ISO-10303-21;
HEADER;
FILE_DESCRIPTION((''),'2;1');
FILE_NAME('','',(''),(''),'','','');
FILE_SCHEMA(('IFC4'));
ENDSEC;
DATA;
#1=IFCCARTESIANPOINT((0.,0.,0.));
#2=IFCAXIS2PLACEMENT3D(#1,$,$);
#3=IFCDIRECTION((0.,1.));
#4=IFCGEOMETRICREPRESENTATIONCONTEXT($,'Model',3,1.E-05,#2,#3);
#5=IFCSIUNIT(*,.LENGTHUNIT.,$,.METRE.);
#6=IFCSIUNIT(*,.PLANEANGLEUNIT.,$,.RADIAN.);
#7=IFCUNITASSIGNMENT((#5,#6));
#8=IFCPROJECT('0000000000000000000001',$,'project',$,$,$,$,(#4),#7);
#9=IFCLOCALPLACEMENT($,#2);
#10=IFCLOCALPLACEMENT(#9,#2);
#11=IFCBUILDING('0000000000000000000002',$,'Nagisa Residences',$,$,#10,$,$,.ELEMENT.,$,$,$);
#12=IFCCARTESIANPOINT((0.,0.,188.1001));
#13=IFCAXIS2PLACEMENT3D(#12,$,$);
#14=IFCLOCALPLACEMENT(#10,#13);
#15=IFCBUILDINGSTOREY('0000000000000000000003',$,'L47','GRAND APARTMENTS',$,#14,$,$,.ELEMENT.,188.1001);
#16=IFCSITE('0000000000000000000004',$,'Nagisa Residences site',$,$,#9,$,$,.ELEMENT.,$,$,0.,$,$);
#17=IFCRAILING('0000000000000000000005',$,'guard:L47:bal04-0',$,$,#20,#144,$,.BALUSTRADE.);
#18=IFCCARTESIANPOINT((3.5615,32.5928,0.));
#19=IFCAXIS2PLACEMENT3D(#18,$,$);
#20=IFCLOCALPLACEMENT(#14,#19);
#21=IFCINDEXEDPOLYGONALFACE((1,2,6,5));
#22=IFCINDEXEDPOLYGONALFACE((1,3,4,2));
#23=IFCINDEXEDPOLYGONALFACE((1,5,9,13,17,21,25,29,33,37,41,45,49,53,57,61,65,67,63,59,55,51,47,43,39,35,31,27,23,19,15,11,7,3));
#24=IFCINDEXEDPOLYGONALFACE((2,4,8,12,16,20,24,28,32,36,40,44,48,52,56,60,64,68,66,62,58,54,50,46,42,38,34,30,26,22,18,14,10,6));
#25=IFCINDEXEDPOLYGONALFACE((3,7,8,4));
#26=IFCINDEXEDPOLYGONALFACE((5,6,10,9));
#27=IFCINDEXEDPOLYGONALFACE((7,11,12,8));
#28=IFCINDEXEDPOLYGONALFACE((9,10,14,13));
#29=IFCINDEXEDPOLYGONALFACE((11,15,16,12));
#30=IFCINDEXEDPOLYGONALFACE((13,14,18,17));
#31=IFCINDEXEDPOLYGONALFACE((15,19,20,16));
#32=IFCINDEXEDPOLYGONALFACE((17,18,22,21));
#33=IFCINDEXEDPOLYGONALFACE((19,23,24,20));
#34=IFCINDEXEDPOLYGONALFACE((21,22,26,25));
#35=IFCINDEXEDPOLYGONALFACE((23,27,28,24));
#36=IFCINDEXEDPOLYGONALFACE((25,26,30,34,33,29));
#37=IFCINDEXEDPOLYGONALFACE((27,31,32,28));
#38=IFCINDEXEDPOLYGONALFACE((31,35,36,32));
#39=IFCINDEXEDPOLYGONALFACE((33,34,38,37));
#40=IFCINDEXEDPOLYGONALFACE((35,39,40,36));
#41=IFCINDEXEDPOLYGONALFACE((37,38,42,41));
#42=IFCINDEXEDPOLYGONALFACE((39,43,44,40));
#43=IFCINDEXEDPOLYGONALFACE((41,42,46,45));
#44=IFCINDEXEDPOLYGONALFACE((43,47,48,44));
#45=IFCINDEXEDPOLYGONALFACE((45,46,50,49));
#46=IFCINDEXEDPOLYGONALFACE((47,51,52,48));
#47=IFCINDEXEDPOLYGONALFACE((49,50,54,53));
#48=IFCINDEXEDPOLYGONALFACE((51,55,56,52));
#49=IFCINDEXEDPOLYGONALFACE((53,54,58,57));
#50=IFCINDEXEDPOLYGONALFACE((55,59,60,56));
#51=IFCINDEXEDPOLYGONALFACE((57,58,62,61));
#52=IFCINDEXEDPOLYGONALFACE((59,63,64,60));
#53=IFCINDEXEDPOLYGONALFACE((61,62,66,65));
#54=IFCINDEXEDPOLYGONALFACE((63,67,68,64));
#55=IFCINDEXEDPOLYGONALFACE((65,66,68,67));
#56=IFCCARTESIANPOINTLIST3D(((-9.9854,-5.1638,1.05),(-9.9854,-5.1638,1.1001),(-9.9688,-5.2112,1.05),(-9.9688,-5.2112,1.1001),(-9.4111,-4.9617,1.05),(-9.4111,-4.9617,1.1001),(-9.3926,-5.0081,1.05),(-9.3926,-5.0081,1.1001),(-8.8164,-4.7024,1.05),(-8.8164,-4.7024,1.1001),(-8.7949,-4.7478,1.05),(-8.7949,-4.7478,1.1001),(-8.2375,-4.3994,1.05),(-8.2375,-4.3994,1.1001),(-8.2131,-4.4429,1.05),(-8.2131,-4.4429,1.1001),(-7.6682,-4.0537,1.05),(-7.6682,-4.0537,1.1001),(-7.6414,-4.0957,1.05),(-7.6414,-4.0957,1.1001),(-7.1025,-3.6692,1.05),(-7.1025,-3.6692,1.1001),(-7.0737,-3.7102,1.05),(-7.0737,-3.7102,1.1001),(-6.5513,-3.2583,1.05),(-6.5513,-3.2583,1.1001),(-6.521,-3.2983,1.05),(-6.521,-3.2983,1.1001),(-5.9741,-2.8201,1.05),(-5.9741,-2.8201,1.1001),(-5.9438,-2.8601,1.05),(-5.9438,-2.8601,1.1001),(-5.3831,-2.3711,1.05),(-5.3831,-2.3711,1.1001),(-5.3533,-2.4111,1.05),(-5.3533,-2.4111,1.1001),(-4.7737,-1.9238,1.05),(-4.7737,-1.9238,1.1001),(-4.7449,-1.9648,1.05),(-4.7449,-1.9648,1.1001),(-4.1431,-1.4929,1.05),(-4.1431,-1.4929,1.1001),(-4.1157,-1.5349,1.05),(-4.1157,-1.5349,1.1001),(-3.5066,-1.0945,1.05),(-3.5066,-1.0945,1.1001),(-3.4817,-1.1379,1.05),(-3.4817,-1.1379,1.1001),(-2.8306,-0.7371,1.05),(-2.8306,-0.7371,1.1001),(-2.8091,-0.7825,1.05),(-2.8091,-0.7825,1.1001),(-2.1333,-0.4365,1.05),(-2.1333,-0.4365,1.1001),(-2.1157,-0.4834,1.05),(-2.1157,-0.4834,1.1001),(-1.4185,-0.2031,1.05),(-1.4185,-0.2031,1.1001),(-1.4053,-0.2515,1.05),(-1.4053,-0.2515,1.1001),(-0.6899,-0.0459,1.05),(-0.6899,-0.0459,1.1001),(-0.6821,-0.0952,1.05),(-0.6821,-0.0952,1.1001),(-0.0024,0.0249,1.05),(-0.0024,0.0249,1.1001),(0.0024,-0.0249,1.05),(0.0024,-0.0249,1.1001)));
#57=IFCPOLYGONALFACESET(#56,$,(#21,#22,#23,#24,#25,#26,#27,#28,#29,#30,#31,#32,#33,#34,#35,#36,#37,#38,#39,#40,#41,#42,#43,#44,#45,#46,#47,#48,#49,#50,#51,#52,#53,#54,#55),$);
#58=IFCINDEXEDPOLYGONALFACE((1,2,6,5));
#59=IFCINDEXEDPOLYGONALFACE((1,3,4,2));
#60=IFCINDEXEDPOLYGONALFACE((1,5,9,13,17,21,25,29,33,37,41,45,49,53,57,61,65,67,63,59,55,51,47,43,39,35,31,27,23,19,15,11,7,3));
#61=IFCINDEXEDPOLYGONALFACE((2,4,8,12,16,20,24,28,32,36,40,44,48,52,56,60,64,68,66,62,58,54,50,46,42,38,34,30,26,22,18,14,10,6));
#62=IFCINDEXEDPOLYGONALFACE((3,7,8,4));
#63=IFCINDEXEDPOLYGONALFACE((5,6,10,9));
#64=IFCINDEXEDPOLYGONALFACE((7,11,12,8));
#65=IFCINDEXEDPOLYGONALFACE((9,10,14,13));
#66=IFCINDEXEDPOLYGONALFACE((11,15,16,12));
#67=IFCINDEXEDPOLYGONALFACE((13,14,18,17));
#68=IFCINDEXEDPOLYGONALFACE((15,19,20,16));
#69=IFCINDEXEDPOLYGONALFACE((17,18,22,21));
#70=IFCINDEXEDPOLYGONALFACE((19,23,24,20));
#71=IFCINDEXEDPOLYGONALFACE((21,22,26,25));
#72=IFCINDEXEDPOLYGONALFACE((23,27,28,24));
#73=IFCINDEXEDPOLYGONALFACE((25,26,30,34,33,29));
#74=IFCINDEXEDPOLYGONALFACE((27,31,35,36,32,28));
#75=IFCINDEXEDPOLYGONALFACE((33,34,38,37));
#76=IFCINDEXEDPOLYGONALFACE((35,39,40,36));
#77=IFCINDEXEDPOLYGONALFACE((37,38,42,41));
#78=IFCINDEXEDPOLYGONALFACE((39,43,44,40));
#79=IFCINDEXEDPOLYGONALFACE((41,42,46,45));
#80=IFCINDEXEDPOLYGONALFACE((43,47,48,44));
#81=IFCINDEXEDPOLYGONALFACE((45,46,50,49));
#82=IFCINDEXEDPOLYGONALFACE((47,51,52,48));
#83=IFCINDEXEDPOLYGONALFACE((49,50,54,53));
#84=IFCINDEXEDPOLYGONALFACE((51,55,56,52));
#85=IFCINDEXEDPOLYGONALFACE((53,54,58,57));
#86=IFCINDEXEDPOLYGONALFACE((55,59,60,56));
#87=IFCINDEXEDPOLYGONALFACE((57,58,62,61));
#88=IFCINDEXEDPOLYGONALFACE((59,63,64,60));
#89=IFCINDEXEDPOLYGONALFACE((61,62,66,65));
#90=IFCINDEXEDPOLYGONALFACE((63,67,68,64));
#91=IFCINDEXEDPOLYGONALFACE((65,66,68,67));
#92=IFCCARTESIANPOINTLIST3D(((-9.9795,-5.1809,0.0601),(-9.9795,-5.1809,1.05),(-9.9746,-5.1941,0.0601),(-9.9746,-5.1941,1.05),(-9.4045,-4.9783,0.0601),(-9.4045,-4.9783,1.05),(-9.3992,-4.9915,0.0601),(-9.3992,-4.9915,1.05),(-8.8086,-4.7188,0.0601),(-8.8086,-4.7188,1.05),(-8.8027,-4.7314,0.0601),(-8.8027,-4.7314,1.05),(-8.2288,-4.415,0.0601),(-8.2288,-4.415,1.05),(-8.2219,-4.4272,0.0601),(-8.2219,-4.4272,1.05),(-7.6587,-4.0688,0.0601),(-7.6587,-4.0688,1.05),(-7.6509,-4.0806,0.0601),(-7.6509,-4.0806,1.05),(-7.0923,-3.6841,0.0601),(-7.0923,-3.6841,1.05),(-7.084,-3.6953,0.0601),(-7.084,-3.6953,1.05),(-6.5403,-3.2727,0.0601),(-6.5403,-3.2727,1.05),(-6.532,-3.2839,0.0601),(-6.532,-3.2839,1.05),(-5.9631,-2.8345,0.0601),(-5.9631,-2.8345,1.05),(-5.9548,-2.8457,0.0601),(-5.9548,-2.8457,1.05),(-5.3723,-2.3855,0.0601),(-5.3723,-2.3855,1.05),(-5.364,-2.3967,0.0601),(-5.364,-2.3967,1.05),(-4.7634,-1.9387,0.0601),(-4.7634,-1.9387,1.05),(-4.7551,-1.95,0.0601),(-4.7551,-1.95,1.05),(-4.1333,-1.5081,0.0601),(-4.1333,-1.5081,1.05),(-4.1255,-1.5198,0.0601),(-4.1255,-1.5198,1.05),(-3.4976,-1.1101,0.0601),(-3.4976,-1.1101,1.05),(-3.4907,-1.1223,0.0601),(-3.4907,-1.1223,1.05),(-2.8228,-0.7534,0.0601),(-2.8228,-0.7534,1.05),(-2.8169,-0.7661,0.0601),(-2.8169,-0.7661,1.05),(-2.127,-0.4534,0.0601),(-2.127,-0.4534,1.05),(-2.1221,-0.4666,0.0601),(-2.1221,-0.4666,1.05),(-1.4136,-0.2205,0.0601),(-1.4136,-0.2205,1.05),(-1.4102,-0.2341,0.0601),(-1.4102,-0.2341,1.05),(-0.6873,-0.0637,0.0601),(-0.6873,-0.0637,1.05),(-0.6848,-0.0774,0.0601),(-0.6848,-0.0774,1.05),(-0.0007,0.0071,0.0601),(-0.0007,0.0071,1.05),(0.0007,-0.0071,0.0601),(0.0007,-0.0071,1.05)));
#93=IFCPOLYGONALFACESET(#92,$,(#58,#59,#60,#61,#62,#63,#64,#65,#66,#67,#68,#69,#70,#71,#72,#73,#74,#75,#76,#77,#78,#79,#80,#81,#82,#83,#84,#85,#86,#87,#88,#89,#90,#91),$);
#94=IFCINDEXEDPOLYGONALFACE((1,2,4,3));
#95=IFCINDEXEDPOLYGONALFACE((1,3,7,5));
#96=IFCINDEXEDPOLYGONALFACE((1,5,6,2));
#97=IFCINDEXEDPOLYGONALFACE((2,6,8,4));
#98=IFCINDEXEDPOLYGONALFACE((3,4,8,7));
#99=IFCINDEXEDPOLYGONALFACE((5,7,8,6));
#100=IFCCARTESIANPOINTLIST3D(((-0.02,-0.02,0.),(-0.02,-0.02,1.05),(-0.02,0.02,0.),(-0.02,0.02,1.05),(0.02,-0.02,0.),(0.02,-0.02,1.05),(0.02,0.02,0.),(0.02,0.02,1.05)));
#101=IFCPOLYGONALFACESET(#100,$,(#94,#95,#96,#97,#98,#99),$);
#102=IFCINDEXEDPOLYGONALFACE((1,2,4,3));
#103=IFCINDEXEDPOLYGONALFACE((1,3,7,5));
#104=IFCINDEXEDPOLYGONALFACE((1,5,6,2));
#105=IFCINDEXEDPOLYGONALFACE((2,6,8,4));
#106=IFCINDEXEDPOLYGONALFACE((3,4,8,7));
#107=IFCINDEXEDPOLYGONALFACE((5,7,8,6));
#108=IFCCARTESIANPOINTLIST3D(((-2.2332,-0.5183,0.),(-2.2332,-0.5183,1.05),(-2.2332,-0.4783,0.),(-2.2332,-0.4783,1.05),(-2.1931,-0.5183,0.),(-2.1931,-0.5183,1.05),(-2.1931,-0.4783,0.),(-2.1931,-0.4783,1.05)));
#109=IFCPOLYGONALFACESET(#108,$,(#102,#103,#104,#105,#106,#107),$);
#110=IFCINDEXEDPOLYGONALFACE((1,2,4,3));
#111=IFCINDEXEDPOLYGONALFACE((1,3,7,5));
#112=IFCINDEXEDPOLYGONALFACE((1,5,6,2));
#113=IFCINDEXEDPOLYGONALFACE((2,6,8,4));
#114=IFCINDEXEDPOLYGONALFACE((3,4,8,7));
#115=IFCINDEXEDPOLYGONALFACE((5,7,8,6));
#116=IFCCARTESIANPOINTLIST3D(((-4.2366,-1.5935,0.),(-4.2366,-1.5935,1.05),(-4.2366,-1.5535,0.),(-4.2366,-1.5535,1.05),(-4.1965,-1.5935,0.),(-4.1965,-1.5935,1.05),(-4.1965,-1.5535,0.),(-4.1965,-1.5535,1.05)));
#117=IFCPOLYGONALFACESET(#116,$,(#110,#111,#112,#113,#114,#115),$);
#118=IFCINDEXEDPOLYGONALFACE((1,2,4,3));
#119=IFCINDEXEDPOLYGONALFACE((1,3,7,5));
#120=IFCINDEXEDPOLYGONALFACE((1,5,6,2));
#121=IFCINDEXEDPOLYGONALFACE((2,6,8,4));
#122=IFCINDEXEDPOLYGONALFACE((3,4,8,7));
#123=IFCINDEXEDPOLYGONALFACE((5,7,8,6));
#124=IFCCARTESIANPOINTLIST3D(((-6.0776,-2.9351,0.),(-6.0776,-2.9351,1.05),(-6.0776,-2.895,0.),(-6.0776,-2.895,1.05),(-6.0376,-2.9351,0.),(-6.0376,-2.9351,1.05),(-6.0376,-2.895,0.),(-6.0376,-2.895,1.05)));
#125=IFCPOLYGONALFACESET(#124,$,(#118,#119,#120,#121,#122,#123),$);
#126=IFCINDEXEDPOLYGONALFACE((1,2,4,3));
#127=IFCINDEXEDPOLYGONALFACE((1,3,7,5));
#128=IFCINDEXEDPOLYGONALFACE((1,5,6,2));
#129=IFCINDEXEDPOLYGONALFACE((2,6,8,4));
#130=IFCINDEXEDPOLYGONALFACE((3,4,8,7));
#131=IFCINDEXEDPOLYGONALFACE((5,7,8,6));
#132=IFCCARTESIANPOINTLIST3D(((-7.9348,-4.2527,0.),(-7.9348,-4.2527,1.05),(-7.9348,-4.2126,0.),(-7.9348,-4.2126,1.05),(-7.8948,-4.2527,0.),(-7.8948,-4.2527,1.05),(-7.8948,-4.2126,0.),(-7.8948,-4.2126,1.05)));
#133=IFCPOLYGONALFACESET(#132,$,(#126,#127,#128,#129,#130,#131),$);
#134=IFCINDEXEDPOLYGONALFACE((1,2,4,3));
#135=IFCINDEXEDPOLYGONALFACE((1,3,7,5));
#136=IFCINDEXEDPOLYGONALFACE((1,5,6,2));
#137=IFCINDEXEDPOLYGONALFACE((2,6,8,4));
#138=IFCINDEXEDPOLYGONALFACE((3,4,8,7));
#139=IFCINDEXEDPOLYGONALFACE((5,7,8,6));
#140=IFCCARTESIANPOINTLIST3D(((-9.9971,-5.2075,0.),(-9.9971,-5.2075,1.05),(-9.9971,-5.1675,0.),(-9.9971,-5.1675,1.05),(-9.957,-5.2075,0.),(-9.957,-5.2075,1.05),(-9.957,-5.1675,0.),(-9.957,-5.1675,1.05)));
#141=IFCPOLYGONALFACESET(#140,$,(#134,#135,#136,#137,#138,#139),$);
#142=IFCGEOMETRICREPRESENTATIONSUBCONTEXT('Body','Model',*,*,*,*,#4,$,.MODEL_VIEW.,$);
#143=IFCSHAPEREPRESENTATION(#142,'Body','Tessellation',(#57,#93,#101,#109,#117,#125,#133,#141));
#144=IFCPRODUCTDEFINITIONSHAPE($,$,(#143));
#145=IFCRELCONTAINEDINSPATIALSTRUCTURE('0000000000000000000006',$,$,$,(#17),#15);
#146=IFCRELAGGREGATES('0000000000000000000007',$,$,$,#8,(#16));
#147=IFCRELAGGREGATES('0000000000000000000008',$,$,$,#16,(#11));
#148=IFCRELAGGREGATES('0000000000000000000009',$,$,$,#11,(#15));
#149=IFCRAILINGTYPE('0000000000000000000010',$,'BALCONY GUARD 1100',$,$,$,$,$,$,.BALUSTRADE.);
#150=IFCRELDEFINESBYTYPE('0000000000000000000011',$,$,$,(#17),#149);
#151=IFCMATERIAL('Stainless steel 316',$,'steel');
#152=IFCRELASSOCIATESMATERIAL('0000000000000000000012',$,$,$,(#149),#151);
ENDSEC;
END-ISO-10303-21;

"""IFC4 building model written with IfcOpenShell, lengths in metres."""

from ifc_helpers import new_model, si_unit, direction, frame, origin, origin_2d, place, context, subcontext, project, spatial, polyline, rectangle, outline, extrude, material, type_object, element, save


model = new_model("IFC4")

# Units and contexts
model_context = context("Model", 3, precision=1e-05, world=origin(), true_north=direction((0.0, 1.0)))
body_context = subcontext(model_context, "Body", "Model", "MODEL_VIEW")
ifc_project = project(units=[si_unit("LENGTHUNIT", "METRE"), si_unit("PLANEANGLEUNIT", "RADIAN")], contexts=[model_context])

# Site, building, storey
site_placement = place(None, origin())
site = spatial("IfcSite", under=ifc_project, at=site_placement, Name="Nagisa Residences site", CompositionType="ELEMENT", RefElevation=0.0)
building_placement = place(site_placement, origin())
building = spatial("IfcBuilding", under=site, at=building_placement, Name="Nagisa Residences", CompositionType="ELEMENT")
storey_placement = place(building_placement, frame((0.0, 0.0, 188.1001)))
storey = spatial("IfcBuildingStorey", under=building, at=storey_placement, Name="L47", Description="GRAND APARTMENTS", CompositionType="ELEMENT", Elevation=188.1001)

# Railing
ifc_material_1 = material(Name="Stainless steel 316", Category="steel")
railing_type = type_object("IfcRailingType", Name="BALCONY GUARD 1100", PredefinedType="BALUSTRADE", material=ifc_material_1)
railing_placement = place(storey_placement, frame((3.5615, 32.5928, 0.0)))
element("IfcRailing", 1, at=railing_placement, inside=storey, type_object=railing_type, Name="guard:L47:bal04-0", PredefinedType="BALUSTRADE", context=body_context, shape_type="SweptSolid", body=[
    extrude(outline(polyline([(-0.6821, -0.0952), (0.0024, -0.0249), (-0.0024, 0.0249), (-0.6899, -0.0459), (-1.4185, -0.2031), (-2.1333, -0.4365), (-2.8306, -0.7371), (-3.5066, -1.0945), (-4.1431, -1.4929), (-4.7737, -1.9238), (-5.3831, -2.3711), (-5.9741, -2.8201), (-6.5513, -3.2583), (-7.1025, -3.6692), (-7.6682, -4.0537), (-8.2375, -4.3994), (-8.8164, -4.7024), (-9.4111, -4.9617), (-9.9854, -5.1638), (-9.9688, -5.2112), (-9.3926, -5.0081), (-8.7949, -4.7478), (-8.2131, -4.4429), (-7.6414, -4.0957), (-7.0737, -3.7102), (-6.521, -3.2983), (-5.9438, -2.8601), (-5.3533, -2.4111), (-4.7449, -1.9648), (-4.1157, -1.5349), (-3.4817, -1.1379), (-2.8091, -0.7825), (-2.1157, -0.4834), (-1.4053, -0.2515), (-0.6821, -0.0952)])), frame((0.0, 0.0, 1.05)), (0.0, 0.0, 1.0), 0.05),
    extrude(outline(polyline([(-0.6848, -0.0774), (0.0007, -0.0071), (-0.0007, 0.0071), (-0.6873, -0.0637), (-1.4136, -0.2205), (-2.127, -0.4534), (-2.8228, -0.7534), (-3.4976, -1.1101), (-4.1333, -1.5081), (-4.7634, -1.9387), (-5.3723, -2.3855), (-5.9631, -2.8345), (-6.5403, -3.2727), (-7.0923, -3.6841), (-7.6587, -4.0688), (-8.2288, -4.415), (-8.8086, -4.7188), (-9.4045, -4.9783), (-9.9795, -5.1809), (-9.9746, -5.1941), (-9.3992, -4.9915), (-8.8027, -4.7314), (-8.2219, -4.4272), (-7.6509, -4.0806), (-7.084, -3.6953), (-6.532, -3.2839), (-5.9548, -2.8457), (-5.364, -2.3967), (-4.7551, -1.95), (-4.1255, -1.5198), (-3.4907, -1.1223), (-2.8169, -0.7661), (-2.1221, -0.4666), (-1.4102, -0.2341), (-0.6848, -0.0774)])), frame((0.0, 0.0, 0.0601)), (0.0, 0.0, 1.0), 0.99),
    extrude(rectangle(XDim=0.04, YDim=0.04, at=origin_2d()), origin(), (0.0, 0.0, 1.0), 1.05),
    extrude(rectangle(XDim=0.04, YDim=0.04, at=origin_2d()), frame((-2.2131, -0.4983, 0.0)), (0.0, 0.0, 1.0), 1.05),
    extrude(rectangle(XDim=0.04, YDim=0.04, at=origin_2d()), frame((-4.2166, -1.5735, 0.0)), (0.0, 0.0, 1.0), 1.05),
    extrude(rectangle(XDim=0.04, YDim=0.04, at=origin_2d()), frame((-6.0576, -2.915, 0.0)), (0.0, 0.0, 1.0), 1.05),
    extrude(rectangle(XDim=0.04, YDim=0.04, at=origin_2d()), frame((-7.9148, -4.2327, 0.0)), (0.0, 0.0, 1.0), 1.05),
    extrude(rectangle(XDim=0.04, YDim=0.04, at=origin_2d()), frame((-9.9771, -5.1875, 0.0)), (0.0, 0.0, 1.0), 1.05),
])

save(model, "model.ifc")
